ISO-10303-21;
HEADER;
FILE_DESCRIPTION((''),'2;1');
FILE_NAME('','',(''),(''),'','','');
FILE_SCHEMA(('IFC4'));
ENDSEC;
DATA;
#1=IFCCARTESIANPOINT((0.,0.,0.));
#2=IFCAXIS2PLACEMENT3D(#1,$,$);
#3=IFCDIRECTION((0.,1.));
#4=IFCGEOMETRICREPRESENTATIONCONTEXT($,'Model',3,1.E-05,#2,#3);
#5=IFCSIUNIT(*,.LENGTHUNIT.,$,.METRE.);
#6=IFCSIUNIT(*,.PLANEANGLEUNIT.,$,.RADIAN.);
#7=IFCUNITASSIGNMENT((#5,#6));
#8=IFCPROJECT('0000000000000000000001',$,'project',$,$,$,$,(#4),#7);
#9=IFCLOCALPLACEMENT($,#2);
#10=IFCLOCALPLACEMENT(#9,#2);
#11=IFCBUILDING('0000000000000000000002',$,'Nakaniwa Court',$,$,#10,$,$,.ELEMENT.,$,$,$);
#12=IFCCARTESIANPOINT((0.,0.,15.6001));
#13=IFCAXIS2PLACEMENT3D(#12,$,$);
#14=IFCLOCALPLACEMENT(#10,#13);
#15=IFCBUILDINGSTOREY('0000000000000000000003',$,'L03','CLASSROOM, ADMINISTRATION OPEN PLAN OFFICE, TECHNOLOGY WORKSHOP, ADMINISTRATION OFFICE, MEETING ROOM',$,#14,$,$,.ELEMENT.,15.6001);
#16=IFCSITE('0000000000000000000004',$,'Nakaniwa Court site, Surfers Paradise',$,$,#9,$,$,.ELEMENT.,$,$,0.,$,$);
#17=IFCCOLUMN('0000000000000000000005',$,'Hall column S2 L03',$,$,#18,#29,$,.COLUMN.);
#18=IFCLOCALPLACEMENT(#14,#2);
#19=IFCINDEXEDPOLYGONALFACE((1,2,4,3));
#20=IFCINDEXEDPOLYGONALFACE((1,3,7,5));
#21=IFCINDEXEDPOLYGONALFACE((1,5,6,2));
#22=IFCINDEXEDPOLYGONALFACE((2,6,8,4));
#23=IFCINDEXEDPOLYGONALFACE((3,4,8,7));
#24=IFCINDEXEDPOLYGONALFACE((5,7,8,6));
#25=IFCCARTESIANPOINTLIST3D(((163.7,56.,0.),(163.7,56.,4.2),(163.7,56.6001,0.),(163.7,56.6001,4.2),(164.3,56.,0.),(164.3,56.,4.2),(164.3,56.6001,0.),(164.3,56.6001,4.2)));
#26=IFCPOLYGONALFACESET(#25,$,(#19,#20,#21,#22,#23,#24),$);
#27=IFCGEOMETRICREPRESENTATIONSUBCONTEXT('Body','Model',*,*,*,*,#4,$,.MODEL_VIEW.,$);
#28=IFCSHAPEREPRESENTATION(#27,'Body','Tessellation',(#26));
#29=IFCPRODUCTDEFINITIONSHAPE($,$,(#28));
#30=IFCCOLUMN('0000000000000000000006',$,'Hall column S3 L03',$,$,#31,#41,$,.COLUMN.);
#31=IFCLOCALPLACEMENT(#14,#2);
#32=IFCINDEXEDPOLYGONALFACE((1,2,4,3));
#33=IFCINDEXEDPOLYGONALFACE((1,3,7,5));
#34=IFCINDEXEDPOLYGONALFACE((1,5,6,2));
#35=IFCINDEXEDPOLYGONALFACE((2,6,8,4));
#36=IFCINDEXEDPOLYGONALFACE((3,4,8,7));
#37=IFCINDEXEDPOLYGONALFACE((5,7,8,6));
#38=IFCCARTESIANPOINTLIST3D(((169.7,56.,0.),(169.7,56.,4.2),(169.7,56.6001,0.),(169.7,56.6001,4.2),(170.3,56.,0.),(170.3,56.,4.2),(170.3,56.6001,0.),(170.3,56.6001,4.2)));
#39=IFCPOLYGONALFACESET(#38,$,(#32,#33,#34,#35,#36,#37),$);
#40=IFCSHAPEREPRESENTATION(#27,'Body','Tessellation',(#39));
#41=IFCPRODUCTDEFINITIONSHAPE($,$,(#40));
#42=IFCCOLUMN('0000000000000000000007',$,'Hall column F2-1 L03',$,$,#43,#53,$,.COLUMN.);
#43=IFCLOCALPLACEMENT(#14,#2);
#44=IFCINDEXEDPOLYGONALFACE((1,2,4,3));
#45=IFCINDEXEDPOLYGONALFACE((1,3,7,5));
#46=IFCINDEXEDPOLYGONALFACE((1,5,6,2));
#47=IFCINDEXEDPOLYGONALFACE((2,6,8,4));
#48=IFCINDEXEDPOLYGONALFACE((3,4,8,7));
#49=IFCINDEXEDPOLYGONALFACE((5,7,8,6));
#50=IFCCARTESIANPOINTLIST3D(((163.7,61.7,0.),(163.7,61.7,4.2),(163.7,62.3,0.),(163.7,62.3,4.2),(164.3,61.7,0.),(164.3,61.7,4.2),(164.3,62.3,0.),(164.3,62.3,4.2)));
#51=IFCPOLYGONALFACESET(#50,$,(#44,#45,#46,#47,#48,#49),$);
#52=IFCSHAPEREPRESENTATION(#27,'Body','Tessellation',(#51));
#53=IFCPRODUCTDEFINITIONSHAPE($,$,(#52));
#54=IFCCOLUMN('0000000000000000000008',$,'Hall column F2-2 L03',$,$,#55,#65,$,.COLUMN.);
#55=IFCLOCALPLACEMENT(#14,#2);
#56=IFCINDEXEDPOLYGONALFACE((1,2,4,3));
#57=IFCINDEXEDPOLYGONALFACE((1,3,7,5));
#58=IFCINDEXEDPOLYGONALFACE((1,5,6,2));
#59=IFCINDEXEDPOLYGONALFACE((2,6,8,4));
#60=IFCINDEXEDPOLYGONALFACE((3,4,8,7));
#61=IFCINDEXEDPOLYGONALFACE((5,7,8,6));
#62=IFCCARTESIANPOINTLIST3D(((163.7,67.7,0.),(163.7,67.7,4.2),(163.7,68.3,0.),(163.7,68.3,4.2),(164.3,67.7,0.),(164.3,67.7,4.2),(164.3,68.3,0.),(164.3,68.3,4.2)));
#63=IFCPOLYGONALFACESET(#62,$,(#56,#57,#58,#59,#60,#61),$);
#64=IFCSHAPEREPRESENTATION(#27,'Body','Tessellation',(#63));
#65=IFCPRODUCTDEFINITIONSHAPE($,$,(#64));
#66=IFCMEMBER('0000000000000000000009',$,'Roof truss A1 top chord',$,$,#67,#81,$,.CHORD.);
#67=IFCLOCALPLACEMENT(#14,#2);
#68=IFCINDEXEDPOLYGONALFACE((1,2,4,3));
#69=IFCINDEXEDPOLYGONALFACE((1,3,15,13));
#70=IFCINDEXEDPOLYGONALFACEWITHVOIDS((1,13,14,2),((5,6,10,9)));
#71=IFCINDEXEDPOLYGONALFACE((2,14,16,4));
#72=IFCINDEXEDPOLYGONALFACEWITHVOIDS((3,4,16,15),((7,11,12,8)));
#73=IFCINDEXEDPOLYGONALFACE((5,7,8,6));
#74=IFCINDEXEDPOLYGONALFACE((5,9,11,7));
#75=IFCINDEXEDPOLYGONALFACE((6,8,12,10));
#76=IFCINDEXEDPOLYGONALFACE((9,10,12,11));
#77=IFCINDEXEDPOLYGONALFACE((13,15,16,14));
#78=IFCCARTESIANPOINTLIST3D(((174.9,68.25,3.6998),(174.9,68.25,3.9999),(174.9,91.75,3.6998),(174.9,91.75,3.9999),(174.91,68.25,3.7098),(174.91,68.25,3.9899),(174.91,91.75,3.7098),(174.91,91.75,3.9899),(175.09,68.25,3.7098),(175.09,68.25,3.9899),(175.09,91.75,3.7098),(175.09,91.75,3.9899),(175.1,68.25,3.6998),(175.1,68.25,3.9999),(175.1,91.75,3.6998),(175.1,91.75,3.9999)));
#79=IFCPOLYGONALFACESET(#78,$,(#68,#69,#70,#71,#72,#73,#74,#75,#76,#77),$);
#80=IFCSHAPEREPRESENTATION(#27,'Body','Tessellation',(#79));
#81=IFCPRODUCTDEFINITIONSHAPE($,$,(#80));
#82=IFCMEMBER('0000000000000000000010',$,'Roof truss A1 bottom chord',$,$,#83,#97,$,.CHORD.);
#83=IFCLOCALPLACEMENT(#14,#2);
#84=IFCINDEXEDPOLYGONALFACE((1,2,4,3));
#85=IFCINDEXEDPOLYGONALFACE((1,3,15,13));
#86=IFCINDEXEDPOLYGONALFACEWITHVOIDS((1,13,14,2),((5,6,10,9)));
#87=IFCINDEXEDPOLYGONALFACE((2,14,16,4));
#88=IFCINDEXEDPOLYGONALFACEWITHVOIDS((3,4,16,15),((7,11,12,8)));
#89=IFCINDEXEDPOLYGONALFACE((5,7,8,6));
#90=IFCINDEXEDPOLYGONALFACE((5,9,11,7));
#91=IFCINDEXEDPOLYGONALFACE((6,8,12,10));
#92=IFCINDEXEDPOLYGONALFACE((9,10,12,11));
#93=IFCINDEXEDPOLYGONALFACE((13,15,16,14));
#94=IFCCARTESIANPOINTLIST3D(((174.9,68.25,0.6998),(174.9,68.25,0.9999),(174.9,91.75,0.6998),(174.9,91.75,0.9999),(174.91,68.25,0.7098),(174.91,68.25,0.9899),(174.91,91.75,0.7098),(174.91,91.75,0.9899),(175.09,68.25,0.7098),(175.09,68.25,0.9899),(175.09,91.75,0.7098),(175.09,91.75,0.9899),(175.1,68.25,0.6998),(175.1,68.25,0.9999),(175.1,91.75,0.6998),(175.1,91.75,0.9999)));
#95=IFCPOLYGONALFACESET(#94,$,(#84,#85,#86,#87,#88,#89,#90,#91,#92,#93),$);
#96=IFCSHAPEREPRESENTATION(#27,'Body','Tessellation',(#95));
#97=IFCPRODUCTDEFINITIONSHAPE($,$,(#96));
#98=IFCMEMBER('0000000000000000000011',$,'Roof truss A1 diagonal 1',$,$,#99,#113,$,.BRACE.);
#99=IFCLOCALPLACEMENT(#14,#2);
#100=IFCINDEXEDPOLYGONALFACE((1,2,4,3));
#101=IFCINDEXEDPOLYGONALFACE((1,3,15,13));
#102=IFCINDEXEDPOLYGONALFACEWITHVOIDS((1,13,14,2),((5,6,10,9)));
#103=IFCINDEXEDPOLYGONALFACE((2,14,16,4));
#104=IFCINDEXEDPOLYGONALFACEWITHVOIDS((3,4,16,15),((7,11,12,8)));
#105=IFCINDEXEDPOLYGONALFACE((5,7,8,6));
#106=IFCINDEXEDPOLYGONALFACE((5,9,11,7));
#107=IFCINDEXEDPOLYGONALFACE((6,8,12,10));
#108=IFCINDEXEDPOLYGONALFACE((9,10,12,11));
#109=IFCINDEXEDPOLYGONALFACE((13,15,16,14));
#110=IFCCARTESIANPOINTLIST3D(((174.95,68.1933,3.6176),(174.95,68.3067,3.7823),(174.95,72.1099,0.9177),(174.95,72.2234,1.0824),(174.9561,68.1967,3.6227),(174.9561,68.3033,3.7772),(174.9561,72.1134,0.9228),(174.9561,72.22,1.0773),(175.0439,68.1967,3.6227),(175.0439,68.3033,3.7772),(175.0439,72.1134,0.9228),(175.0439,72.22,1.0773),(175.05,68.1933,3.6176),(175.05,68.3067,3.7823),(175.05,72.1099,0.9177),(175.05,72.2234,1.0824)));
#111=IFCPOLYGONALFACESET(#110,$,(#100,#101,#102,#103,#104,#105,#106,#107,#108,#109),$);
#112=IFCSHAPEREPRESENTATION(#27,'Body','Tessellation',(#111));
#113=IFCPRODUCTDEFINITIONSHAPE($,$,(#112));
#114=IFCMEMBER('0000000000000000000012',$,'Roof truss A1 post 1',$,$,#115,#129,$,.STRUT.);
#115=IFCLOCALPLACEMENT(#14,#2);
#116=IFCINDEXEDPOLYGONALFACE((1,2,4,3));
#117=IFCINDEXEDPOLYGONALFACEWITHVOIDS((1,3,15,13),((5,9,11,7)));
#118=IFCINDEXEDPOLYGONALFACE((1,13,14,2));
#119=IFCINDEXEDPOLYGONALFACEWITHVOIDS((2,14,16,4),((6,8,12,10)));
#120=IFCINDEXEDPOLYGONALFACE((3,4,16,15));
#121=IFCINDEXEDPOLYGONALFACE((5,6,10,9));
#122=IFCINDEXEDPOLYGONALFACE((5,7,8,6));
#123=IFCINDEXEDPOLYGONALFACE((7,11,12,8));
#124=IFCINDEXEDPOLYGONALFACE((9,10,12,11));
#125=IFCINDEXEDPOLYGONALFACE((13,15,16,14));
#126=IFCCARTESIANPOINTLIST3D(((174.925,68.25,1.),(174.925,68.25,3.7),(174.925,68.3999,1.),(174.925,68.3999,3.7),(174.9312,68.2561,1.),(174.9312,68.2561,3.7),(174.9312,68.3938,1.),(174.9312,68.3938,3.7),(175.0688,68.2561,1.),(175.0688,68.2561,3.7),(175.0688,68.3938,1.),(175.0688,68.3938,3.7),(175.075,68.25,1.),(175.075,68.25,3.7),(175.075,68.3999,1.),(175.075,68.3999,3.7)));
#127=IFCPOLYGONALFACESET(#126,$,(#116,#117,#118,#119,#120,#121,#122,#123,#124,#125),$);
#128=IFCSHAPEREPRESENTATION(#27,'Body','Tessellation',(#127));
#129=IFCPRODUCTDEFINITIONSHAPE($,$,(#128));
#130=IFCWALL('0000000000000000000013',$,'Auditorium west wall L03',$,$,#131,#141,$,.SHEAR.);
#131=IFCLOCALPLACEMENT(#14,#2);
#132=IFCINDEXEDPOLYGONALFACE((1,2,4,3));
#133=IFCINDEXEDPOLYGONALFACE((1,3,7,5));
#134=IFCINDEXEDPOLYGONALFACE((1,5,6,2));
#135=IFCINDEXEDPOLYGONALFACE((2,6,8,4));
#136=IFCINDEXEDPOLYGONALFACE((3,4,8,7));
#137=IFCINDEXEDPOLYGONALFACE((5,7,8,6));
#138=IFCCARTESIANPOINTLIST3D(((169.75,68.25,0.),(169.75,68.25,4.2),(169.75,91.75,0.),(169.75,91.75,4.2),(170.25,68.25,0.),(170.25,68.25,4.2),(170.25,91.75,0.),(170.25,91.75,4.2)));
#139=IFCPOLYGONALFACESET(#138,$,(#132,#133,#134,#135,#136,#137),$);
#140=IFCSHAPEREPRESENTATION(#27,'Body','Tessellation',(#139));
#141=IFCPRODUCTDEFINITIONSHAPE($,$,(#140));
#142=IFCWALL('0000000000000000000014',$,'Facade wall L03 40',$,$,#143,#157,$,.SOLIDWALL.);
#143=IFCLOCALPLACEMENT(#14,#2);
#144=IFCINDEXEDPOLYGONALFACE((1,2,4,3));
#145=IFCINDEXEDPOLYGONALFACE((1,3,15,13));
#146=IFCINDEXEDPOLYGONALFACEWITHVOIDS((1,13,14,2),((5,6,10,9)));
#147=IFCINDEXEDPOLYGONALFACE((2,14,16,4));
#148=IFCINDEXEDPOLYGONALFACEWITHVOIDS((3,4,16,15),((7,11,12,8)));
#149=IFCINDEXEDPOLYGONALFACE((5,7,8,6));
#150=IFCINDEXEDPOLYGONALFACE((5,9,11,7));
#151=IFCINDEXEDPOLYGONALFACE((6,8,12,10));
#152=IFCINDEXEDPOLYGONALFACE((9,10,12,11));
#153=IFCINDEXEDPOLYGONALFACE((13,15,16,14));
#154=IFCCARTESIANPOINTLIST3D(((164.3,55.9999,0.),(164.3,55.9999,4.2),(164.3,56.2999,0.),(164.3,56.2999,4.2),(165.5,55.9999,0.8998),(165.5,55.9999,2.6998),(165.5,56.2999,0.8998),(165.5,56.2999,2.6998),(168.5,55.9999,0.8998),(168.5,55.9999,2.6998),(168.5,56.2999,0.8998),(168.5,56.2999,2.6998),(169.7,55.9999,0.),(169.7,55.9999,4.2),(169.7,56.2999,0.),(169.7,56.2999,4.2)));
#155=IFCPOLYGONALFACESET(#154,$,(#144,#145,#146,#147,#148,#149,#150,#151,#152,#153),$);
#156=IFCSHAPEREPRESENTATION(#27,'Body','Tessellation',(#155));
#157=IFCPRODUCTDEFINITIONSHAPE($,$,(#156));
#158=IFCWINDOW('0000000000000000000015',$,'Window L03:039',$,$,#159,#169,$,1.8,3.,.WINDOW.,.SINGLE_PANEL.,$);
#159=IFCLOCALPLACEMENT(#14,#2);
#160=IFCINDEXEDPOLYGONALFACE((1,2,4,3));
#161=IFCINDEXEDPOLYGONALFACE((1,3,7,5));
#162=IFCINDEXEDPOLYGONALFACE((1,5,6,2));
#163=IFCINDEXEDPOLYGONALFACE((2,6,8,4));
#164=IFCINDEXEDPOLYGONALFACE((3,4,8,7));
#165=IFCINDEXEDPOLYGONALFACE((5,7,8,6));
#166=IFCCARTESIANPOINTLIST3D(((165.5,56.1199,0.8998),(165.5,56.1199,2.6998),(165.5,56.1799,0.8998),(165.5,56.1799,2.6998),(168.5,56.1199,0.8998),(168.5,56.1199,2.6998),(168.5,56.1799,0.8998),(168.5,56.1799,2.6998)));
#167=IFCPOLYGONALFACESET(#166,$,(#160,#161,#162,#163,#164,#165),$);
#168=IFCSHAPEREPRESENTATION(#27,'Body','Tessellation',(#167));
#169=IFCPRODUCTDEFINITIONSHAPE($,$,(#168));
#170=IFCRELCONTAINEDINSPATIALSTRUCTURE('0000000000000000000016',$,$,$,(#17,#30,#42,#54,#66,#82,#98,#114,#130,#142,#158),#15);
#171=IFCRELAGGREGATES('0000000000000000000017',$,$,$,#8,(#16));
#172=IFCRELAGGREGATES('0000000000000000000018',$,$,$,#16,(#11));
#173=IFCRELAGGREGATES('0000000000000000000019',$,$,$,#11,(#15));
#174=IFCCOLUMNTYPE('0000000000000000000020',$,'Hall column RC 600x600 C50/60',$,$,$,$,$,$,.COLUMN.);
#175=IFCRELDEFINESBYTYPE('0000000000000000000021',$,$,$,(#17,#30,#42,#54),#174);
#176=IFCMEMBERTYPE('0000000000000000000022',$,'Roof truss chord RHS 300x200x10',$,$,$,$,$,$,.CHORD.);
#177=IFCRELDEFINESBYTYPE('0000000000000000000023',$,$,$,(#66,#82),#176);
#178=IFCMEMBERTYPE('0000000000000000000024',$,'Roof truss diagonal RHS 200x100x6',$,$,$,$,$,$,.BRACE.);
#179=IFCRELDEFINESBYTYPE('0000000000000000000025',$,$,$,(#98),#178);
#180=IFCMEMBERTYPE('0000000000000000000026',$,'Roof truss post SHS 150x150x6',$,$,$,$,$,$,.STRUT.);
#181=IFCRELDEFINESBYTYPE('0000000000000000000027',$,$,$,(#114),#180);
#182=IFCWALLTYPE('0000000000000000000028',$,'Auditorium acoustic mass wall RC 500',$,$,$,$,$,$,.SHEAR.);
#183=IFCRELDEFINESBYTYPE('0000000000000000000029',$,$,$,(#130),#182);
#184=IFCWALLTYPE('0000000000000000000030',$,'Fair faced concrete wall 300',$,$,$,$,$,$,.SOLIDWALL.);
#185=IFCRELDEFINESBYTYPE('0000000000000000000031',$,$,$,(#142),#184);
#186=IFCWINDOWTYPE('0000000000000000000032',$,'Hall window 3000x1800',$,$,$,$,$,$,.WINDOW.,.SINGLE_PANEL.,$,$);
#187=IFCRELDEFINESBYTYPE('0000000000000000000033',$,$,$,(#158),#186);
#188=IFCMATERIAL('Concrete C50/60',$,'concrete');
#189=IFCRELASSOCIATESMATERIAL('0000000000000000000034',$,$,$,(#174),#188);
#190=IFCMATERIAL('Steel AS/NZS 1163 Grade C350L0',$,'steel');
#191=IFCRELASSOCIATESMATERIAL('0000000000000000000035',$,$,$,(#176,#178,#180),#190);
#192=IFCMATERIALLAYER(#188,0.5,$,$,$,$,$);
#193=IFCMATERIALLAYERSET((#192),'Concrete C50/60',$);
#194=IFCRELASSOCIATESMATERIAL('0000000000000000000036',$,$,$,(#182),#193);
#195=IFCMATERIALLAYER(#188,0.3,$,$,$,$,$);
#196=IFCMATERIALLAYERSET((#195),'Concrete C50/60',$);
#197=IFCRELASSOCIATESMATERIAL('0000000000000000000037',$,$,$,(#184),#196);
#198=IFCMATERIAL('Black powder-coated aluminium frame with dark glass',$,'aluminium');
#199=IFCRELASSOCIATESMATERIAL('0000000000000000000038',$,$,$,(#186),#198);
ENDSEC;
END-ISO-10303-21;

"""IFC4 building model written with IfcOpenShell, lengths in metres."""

from ifc_helpers import new_model, si_unit, direction, frame, frame_2d, origin, origin_2d, place, context, subcontext, project, spatial, rectangle, hollow_rectangle, extrude, material, layer, layer_set, material_profile, profile_set, type_object, element, fill, save


model = new_model("IFC4")

# Units and contexts
model_context = context("Model", 3, precision=1e-05, world=origin(), true_north=direction((0.0, 1.0)))
body_context = subcontext(model_context, "Body", "Model", "MODEL_VIEW")
ifc_project = project(units=[si_unit("LENGTHUNIT", "METRE"), si_unit("PLANEANGLEUNIT", "RADIAN")], contexts=[model_context])

# Site, building, storey
site_placement = place(None, origin())
site = spatial("IfcSite", under=ifc_project, at=site_placement, Name="Nakaniwa Court site, Surfers Paradise", CompositionType="ELEMENT", RefElevation=0.0)
building_placement = place(site_placement, origin())
building = spatial("IfcBuilding", under=site, at=building_placement, Name="Nakaniwa Court", CompositionType="ELEMENT")
storey_placement = place(building_placement, frame((0.0, 0.0, 15.6001)))
storey = spatial("IfcBuildingStorey", under=building, at=storey_placement, Name="L03", Description="CLASSROOM, ADMINISTRATION OPEN PLAN OFFICE, TECHNOLOGY WORKSHOP, ADMINISTRATION OFFICE, MEETING ROOM", CompositionType="ELEMENT", Elevation=15.6001)

# Columns
ifc_material_1 = material(Name="Concrete C50/60", Category="concrete")
ifc_material_profile_1 = material_profile(ifc_material_1, rectangle(XDim=0.6001, YDim=0.6001, at=origin_2d()), Name="RC 600x600")
ifc_profile_set_1 = profile_set([ifc_material_profile_1], Name="Concrete C50/60")
column_type = type_object("IfcColumnType", Name="Hall column RC 600x600 C50/60", PredefinedType="COLUMN", material=ifc_profile_set_1)
for number, where, z_axis, x_axis, name in (
    (1, (164.0, 56.3, 0.0), (0.0, 0.0, 1.0), (1.0, 0.0, 0.0), "Hall column S2 L03"),
    (2, (170.0, 56.3, 0.0), (0.0, 0.0, 1.0), (1.0, 0.0, 0.0), "Hall column S3 L03"),
    (3, (164.0, 62.0, 0.0), (0.0, 0.0, 1.0), (1.0, 0.0, 0.0), "Hall column F2-1 L03"),
    (4, (164.0, 68.0, 0.0), (0.0, 0.0, 1.0), (1.0, 0.0, 0.0), "Hall column F2-2 L03"),
):
    element("IfcColumn", number, at=place(storey_placement, frame(where, z_axis=z_axis, x_axis=x_axis)), inside=storey, type_object=column_type, Name=name, PredefinedType="COLUMN", context=body_context, shape_type="SweptSolid", body=[
        extrude(rectangle(XDim=0.6001, YDim=0.6001, at=origin_2d()), origin(), (0.0, 0.0, 1.0), 4.2),
    ])

# Members
ifc_material_2 = material(Name="Steel AS/NZS 1163 Grade C350L0", Category="steel")
ifc_material_profile_2 = material_profile(ifc_material_2, hollow_rectangle(XDim=0.2, YDim=0.3, WallThickness=0.01, at=origin_2d()), Name="RHS 300x200x10")
ifc_profile_set_2 = profile_set([ifc_material_profile_2], Name="Steel AS/NZS 1163 Grade C350L0")
member_type_1 = type_object("IfcMemberType", Name="Roof truss chord RHS 300x200x10", PredefinedType="CHORD", material=ifc_profile_set_2)
for number, where, z_axis, x_axis, name in (
    (5, (175.0, 68.25, 3.8499), (0.0, 1.0, 0.0), (-1.0, 0.0, 0.0), "Roof truss A1 top chord"),
    (6, (175.0, 68.25, 0.8499), (0.0, 1.0, 0.0), (-1.0, 0.0, 0.0), "Roof truss A1 bottom chord"),
):
    element("IfcMember", number, at=place(storey_placement, frame(where, z_axis=z_axis, x_axis=x_axis)), inside=storey, type_object=member_type_1, Name=name, PredefinedType="CHORD", context=body_context, shape_type="SweptSolid", body=[
        extrude(hollow_rectangle(XDim=0.2, YDim=0.3, WallThickness=0.01, at=origin_2d()), origin(), (0.0, 0.0, 1.0), 23.5),
    ])
ifc_material_profile_3 = material_profile(ifc_material_2, hollow_rectangle(XDim=0.1001, YDim=0.2, WallThickness=0.0061, at=origin_2d()), Name="RHS 200x100x6")
ifc_profile_set_3 = profile_set([ifc_material_profile_3], Name="Steel AS/NZS 1163 Grade C350L0")
member_type_2 = type_object("IfcMemberType", Name="Roof truss diagonal RHS 200x100x6", PredefinedType="BRACE", material=ifc_profile_set_3)
member_1_placement = place(storey_placement, frame((175.0, 68.25, 3.7), z_axis=(0.0, 0.823336, -0.567554), x_axis=(-1.0, 0.0, 0.0)))
element("IfcMember", 7, at=member_1_placement, inside=storey, type_object=member_type_2, Name="Roof truss A1 diagonal 1", PredefinedType="BRACE", context=body_context, shape_type="SweptSolid", body=[
    extrude(hollow_rectangle(XDim=0.1001, YDim=0.2, WallThickness=0.0061, at=origin_2d()), origin(), (0.0, 0.0, 1.0), 4.7571),
])
ifc_material_profile_4 = material_profile(ifc_material_2, hollow_rectangle(XDim=0.1499, YDim=0.1499, WallThickness=0.0061, at=origin_2d()), Name="SHS 150x150x6")
ifc_profile_set_4 = profile_set([ifc_material_profile_4], Name="Steel AS/NZS 1163 Grade C350L0")
member_type_3 = type_object("IfcMemberType", Name="Roof truss post SHS 150x150x6", PredefinedType="STRUT", material=ifc_profile_set_4)
member_2_placement = place(storey_placement, frame((175.0, 68.325, 1.0), z_axis=(0.0, 0.0, 1.0), x_axis=(1.0, 0.0, 0.0)))
element("IfcMember", 8, at=member_2_placement, inside=storey, type_object=member_type_3, Name="Roof truss A1 post 1", PredefinedType="STRUT", context=body_context, shape_type="SweptSolid", body=[
    extrude(hollow_rectangle(XDim=0.1499, YDim=0.1499, WallThickness=0.0061, at=origin_2d()), origin(), (0.0, 0.0, 1.0), 2.7),
])

# Wall
ifc_layer_1 = layer(ifc_material_1, 0.5)
ifc_layer_set_1 = layer_set([ifc_layer_1], Name="Concrete C50/60")
wall_type_1 = type_object("IfcWallType", Name="Auditorium acoustic mass wall RC 500", PredefinedType="SHEAR", material=ifc_layer_set_1)
wall_1_placement = place(storey_placement, frame((170.0, 68.25, 0.0), z_axis=(0.0, 0.0, 1.0), x_axis=(0.0, 1.0, 0.0)))
element("IfcWall", 9, at=wall_1_placement, inside=storey, type_object=wall_type_1, Name="Auditorium west wall L03", PredefinedType="SHEAR", context=body_context, shape_type="SweptSolid", body=[
    extrude(rectangle(XDim=23.5, YDim=0.5, at=frame_2d((11.75, 0.0))), origin(), (0.0, 0.0, 1.0), 4.2),
])

# Wall, opening, window
ifc_layer_2 = layer(ifc_material_1, 0.3)
ifc_layer_set_2 = layer_set([ifc_layer_2], Name="Concrete C50/60")
wall_type_2 = type_object("IfcWallType", Name="Fair faced concrete wall 300", PredefinedType="SOLIDWALL", material=ifc_layer_set_2)
wall_2_placement = place(storey_placement, frame((169.7, 56.1499, 0.0), z_axis=(0.0, 0.0, 1.0), x_axis=(-1.0, 0.0, 0.0)))
wall_2 = element("IfcWall", 10, at=wall_2_placement, inside=storey, type_object=wall_type_2, Name="Facade wall L03 40", PredefinedType="SOLIDWALL", context=body_context, shape_type="SweptSolid", body=[
    extrude(rectangle(XDim=5.3999, YDim=0.3, at=frame_2d((2.7, 0.0))), origin(), (0.0, 0.0, 1.0), 4.2),
])
opening_1_placement = place(wall_2_placement, frame((1.2, 0.0, 0.8999)))
opening_1 = element("IfcOpeningElement", 11, at=opening_1_placement, cuts=wall_2, PredefinedType="OPENING", context=body_context, shape_type="SweptSolid", body=[
    extrude(rectangle(XDim=3.0, YDim=1.8, at=frame_2d((1.5, 0.8999))), frame((0.0, 0.1599, 0.0), z_axis=(0.0, -1.0, 0.0), x_axis=(1.0, 0.0, 0.0)), (0.0, 0.0, 1.0), 0.3201),
])
ifc_material_3 = material(Name="Black powder-coated aluminium frame with dark glass", Category="aluminium")
window_type = type_object("IfcWindowType", Name="Hall window 3000x1800", PartitioningType="SINGLE_PANEL", PredefinedType="WINDOW", material=ifc_material_3)
window_1_placement = place(opening_1_placement, origin())
window_1 = element("IfcWindow", 12, at=window_1_placement, inside=storey, type_object=window_type, Name="Window L03:039", OverallHeight=1.8, OverallWidth=3.0, PartitioningType="SINGLE_PANEL", PredefinedType="WINDOW", context=body_context, shape_type="SweptSolid", body=[
    extrude(rectangle(XDim=3.0, YDim=1.8, at=frame_2d((1.5, 0.8999))), frame((0.0, 0.03, 0.0), z_axis=(0.0, -1.0, 0.0), x_axis=(1.0, 0.0, 0.0)), (0.0, 0.0, 1.0), 0.0601),
])
fill(opening_1, window_1)

save(model, "model.ifc")
